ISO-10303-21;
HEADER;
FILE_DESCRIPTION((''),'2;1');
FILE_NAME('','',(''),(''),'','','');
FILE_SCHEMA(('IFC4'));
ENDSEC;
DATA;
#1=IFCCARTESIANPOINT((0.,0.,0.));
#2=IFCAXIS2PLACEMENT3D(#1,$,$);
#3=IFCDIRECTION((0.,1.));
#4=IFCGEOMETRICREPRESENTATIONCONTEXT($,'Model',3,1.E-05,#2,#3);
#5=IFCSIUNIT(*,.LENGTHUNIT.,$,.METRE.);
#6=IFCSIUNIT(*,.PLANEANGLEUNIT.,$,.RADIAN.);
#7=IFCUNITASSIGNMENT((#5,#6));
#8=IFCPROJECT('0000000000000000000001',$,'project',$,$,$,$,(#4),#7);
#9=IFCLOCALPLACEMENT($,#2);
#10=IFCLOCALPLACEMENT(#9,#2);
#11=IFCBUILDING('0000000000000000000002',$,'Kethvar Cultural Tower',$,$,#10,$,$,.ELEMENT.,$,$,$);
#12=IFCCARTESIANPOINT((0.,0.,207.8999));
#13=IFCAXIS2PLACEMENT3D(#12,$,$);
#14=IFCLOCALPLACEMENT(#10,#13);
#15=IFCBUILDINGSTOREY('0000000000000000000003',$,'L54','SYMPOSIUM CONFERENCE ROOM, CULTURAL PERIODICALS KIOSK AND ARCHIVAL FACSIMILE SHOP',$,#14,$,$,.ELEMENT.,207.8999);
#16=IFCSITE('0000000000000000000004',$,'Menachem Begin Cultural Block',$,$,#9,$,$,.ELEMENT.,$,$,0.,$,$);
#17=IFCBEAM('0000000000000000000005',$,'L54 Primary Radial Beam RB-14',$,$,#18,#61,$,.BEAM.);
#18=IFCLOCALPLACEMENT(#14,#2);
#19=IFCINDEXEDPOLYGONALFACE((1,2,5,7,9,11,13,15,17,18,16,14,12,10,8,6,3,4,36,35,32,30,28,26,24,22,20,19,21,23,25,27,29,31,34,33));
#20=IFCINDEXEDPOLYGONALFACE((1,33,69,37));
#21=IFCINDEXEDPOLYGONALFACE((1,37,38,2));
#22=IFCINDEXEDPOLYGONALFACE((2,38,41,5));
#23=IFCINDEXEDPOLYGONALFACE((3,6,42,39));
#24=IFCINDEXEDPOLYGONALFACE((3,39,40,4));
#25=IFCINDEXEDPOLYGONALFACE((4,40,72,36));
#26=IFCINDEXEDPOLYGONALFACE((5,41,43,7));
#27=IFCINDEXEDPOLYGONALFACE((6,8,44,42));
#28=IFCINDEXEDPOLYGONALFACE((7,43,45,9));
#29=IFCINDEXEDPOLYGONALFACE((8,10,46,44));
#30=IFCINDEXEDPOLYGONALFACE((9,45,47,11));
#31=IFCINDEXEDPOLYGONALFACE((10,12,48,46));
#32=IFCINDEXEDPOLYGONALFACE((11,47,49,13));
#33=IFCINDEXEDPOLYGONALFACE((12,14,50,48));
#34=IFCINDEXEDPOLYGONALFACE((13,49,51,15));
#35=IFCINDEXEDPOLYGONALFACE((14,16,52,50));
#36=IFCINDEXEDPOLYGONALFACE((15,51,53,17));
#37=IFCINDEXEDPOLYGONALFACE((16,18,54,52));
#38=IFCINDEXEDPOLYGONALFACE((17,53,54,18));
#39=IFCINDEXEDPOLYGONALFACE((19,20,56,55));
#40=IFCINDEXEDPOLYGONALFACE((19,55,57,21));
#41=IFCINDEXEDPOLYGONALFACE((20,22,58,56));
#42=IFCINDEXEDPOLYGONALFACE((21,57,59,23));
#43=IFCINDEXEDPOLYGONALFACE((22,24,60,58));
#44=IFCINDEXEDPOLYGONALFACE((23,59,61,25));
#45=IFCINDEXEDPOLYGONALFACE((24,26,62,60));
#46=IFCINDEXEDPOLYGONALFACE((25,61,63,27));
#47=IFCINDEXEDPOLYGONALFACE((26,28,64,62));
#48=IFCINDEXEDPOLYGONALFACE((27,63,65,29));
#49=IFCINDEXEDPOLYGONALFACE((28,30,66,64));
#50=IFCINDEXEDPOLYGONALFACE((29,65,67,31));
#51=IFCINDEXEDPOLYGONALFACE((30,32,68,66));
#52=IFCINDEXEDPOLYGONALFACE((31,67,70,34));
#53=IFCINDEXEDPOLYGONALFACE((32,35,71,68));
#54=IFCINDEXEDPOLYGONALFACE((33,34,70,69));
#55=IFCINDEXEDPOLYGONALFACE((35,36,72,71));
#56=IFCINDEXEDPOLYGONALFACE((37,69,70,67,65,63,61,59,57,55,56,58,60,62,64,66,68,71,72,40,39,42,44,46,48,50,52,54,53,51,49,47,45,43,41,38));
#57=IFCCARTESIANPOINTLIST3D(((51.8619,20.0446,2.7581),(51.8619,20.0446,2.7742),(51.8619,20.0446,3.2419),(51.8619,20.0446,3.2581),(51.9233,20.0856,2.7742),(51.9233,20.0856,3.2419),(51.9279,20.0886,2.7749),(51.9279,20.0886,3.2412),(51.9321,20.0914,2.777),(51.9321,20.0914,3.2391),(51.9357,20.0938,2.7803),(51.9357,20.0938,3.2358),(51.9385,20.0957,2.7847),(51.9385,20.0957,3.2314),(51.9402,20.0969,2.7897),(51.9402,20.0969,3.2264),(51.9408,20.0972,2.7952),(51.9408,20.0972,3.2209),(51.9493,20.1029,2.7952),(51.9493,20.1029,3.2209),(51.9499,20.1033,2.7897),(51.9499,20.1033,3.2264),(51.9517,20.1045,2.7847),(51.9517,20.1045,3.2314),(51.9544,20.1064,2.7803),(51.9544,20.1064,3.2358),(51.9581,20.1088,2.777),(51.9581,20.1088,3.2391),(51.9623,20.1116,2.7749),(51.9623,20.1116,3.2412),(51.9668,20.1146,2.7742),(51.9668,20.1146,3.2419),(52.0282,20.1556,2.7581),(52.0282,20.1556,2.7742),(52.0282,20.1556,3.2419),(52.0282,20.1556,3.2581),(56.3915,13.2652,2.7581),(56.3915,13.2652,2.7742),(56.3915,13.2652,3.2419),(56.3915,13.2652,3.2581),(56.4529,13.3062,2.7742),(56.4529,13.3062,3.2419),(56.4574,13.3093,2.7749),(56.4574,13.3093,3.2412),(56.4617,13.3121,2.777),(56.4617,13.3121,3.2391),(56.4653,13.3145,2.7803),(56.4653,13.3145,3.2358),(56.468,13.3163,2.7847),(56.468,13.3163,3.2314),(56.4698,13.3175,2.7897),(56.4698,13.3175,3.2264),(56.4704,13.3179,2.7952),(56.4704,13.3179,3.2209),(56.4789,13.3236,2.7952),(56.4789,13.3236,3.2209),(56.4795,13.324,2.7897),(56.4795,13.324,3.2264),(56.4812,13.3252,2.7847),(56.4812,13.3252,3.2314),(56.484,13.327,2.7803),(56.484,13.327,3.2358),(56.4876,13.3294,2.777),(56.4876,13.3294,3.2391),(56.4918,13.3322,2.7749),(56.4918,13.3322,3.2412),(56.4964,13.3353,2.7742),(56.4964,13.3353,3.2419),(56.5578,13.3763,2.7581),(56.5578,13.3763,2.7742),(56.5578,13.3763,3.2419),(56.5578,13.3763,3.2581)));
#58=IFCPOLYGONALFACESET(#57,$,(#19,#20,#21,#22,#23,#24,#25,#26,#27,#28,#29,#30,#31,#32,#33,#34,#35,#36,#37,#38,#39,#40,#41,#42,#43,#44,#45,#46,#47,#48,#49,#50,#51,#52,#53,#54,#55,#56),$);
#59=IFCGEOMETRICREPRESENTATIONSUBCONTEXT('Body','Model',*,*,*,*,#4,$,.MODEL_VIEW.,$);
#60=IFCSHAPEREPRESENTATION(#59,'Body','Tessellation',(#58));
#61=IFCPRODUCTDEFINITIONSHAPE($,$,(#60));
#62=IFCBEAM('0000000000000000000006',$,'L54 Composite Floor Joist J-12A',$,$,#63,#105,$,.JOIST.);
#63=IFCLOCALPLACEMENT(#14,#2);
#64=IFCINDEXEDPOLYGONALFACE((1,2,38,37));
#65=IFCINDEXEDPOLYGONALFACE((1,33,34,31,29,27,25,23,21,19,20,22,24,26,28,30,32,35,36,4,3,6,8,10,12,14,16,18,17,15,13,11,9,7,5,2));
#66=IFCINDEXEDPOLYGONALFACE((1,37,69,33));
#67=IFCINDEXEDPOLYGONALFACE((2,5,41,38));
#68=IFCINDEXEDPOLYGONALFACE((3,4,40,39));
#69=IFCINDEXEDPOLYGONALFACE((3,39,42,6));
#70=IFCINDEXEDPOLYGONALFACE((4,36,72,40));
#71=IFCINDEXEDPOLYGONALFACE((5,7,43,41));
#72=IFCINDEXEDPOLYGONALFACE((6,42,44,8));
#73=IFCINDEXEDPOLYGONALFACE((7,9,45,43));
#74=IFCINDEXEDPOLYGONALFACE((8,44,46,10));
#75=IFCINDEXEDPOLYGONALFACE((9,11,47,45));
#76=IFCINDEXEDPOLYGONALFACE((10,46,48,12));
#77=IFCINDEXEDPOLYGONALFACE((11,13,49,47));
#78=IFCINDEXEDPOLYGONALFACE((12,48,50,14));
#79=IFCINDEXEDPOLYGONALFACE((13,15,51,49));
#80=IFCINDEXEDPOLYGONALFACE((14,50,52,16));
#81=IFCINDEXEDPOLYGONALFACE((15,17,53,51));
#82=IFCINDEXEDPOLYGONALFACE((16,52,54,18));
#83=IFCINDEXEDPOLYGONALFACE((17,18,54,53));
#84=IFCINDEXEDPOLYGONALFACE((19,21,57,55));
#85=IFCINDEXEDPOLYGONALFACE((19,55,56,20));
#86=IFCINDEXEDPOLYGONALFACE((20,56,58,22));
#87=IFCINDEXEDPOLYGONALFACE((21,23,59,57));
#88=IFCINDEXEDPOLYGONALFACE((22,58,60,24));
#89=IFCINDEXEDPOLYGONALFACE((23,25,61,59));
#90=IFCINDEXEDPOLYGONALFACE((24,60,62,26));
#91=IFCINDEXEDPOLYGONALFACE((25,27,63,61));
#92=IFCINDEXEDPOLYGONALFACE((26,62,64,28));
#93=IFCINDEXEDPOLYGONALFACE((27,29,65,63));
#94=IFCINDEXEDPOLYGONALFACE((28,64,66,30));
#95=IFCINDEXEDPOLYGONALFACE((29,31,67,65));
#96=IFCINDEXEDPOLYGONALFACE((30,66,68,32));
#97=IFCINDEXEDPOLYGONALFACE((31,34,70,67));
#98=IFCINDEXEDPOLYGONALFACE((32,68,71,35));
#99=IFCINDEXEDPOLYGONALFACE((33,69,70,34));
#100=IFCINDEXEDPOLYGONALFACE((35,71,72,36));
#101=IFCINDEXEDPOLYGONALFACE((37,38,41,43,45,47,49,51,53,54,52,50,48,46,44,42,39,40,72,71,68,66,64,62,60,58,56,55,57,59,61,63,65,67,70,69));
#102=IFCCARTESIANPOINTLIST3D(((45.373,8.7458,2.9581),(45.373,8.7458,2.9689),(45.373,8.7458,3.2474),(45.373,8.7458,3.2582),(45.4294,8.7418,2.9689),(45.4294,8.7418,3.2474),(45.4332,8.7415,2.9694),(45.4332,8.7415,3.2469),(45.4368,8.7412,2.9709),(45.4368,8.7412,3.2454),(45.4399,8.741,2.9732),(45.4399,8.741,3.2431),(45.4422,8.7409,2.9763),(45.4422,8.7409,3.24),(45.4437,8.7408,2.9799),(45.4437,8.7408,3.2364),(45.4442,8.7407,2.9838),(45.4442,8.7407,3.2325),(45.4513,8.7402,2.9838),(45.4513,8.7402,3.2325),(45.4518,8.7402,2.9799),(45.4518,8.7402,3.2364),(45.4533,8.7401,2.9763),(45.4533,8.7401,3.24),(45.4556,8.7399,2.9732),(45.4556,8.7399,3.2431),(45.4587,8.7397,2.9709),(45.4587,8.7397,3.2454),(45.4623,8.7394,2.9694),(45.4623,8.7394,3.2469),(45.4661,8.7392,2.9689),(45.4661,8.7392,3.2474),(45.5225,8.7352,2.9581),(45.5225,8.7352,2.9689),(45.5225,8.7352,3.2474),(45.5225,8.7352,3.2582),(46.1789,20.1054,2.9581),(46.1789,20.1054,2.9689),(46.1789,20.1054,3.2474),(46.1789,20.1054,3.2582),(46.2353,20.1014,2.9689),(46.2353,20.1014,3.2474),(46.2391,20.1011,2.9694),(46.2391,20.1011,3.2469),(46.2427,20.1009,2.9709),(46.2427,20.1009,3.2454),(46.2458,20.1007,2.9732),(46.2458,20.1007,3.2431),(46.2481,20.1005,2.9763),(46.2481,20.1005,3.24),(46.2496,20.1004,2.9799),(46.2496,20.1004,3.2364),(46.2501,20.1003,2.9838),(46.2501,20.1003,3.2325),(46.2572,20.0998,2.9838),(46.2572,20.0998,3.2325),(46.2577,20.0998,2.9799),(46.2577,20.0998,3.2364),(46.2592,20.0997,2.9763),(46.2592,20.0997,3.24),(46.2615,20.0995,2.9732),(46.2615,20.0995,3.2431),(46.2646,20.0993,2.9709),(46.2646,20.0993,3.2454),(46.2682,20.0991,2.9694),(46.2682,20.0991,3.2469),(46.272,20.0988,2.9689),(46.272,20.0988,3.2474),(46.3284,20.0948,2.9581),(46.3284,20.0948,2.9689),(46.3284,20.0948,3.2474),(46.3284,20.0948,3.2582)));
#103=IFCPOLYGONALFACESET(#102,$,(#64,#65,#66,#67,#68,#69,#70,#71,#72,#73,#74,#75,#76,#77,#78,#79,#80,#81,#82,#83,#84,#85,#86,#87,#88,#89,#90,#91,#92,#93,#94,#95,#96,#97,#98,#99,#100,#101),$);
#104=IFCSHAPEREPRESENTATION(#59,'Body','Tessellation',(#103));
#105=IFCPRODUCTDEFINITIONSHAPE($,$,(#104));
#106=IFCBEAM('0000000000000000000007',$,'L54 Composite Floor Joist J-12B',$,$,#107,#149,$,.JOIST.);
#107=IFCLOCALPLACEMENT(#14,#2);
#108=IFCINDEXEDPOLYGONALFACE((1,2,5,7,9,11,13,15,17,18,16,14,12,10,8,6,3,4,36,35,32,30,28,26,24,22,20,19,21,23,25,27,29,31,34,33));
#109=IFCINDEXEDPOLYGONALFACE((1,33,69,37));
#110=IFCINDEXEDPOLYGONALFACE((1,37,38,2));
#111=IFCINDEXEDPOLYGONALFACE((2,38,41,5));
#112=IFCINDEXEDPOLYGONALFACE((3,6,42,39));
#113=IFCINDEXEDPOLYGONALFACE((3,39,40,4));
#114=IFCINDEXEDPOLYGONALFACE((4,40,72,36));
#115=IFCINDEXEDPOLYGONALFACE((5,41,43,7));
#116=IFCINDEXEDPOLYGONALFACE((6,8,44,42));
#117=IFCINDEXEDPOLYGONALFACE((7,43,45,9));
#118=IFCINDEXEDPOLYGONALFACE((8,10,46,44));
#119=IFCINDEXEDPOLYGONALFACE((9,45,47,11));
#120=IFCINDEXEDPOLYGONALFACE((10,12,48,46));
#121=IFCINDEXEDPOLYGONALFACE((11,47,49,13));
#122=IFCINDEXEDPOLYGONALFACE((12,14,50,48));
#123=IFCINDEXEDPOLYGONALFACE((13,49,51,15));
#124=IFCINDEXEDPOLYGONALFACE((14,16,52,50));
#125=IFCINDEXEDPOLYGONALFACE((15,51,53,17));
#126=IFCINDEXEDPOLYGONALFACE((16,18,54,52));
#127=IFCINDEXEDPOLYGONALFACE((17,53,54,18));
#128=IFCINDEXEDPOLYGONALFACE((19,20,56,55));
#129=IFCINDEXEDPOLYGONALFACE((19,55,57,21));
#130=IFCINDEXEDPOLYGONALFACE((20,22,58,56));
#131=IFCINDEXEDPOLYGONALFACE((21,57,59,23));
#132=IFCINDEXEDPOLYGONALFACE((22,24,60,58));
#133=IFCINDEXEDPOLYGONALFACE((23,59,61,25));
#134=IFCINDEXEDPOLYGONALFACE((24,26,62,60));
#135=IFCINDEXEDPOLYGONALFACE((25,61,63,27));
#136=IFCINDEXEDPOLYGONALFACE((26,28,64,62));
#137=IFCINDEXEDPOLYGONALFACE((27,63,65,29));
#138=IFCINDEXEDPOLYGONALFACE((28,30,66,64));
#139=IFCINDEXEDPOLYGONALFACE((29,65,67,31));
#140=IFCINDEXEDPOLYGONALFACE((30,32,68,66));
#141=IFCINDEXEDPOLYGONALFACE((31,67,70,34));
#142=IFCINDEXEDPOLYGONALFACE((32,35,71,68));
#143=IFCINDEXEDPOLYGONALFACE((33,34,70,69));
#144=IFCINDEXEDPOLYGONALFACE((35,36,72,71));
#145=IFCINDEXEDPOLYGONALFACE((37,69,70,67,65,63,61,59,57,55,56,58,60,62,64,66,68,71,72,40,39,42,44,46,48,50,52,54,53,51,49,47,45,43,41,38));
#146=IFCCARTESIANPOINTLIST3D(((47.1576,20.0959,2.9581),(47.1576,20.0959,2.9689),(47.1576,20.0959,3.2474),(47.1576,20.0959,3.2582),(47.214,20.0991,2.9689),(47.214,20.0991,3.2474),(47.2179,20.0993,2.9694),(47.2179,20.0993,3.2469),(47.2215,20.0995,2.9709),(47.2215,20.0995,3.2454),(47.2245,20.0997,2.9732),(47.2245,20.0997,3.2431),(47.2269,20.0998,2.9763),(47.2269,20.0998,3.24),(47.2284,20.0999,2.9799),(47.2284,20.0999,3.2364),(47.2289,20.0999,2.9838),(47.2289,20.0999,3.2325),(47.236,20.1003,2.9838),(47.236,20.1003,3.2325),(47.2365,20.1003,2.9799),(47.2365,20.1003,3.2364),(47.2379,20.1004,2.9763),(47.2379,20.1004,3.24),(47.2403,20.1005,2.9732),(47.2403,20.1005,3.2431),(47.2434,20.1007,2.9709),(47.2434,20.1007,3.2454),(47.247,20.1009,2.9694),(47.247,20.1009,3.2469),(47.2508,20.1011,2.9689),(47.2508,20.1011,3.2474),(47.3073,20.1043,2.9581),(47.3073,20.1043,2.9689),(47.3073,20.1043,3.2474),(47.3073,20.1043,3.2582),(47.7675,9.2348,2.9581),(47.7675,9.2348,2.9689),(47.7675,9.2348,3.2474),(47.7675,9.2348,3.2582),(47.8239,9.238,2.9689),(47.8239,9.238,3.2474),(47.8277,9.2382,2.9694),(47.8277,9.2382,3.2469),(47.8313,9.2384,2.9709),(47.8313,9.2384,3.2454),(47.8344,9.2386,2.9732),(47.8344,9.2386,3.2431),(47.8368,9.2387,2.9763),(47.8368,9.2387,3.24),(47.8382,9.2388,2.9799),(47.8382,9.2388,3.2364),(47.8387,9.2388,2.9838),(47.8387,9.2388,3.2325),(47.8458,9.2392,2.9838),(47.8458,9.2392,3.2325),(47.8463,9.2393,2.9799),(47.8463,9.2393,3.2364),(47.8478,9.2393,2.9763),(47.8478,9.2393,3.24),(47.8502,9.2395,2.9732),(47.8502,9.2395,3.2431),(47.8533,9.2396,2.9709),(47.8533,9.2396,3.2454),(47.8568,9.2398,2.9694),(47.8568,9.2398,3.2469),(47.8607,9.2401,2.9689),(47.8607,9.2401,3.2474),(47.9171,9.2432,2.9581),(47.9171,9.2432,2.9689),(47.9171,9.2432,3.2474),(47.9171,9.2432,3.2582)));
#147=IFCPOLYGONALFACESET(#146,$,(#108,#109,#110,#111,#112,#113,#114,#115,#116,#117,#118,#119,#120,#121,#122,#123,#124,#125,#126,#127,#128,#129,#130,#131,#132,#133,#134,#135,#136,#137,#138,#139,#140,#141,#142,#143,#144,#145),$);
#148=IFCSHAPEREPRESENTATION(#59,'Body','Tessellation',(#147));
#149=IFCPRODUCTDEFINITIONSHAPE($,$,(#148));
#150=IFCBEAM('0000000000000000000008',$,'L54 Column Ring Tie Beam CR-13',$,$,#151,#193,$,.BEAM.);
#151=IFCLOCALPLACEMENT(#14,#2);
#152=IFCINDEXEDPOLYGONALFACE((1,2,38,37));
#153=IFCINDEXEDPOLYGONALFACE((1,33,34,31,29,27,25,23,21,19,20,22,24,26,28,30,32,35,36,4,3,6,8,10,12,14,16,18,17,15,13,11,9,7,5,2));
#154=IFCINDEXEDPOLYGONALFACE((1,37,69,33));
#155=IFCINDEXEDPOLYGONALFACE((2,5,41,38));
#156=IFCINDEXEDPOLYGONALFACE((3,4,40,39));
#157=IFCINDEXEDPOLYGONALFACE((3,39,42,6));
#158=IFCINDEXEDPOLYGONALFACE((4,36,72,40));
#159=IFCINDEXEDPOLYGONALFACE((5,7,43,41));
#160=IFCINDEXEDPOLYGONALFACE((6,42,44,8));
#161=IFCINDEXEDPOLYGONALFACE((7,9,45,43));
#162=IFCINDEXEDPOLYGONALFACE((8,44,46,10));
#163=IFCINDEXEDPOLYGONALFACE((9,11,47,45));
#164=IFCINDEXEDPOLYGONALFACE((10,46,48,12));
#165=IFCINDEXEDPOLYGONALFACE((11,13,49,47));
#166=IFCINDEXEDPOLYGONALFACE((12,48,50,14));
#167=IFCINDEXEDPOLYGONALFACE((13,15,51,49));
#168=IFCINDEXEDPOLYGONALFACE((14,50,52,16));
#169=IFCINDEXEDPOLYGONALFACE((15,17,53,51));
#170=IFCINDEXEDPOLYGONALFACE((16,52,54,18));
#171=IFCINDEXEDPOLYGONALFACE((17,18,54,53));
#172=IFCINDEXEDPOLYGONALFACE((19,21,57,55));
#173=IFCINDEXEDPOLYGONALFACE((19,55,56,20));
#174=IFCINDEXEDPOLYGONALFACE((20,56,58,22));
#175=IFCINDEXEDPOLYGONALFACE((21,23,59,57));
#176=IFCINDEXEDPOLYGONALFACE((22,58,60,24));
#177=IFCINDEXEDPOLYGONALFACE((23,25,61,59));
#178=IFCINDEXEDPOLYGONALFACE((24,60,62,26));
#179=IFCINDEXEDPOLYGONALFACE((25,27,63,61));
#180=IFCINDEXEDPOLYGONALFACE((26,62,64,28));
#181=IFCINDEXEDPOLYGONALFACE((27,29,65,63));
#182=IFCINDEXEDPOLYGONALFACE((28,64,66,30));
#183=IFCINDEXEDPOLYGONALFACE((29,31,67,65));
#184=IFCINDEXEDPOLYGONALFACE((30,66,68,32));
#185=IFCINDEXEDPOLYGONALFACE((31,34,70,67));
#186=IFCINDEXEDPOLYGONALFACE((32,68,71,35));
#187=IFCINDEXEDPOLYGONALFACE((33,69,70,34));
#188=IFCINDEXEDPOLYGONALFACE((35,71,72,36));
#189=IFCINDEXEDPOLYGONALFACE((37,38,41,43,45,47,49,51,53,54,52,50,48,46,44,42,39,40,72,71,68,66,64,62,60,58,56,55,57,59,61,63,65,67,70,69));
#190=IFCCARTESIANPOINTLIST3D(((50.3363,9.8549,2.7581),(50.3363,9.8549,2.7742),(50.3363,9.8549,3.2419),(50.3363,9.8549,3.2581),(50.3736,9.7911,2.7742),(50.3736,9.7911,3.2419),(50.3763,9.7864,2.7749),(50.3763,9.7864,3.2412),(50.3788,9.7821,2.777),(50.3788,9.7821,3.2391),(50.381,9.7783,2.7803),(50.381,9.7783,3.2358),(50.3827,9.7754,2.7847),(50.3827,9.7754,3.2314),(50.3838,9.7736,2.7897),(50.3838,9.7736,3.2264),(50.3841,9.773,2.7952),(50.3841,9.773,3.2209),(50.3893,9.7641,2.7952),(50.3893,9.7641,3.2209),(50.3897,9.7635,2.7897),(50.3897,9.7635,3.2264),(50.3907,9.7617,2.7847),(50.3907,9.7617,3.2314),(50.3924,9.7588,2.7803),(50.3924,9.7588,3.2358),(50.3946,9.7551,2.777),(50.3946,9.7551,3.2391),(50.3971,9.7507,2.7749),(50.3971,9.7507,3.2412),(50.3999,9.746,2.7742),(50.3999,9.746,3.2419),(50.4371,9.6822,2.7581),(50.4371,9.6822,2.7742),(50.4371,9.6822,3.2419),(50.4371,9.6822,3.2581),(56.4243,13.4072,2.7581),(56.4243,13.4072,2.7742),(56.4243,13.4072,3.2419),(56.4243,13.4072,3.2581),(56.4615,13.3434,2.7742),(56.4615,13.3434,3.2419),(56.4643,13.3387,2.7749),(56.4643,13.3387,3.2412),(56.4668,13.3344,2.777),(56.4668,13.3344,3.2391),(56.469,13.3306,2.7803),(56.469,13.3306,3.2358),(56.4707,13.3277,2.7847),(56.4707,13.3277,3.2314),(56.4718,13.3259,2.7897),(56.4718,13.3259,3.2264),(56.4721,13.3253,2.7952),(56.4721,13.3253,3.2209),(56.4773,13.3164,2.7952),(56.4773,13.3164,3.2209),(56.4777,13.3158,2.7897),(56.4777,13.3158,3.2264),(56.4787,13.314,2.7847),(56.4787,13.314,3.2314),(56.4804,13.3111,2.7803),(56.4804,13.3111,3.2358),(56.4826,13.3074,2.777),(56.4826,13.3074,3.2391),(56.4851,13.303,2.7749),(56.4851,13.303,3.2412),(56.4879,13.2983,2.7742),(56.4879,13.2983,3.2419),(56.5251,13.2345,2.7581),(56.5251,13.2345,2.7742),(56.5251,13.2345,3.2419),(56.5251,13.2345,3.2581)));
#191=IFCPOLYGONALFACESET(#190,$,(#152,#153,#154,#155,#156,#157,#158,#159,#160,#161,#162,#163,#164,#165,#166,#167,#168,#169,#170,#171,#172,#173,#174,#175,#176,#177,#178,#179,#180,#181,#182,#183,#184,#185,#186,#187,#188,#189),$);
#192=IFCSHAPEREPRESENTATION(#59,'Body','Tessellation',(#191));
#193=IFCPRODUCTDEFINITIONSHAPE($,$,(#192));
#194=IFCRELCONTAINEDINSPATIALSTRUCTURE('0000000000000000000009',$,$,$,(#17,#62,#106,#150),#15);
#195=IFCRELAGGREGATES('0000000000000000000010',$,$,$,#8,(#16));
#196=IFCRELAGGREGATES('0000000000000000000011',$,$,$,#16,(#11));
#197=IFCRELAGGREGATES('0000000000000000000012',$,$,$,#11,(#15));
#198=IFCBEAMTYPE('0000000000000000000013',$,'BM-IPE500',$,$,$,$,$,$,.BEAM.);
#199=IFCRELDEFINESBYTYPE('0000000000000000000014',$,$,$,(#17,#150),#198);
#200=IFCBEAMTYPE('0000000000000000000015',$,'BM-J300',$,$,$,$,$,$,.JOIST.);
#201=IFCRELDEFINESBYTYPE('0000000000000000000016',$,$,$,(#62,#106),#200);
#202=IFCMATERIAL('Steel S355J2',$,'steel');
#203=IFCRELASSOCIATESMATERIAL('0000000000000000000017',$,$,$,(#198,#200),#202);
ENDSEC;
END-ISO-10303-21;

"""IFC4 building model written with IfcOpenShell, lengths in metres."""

from ifc_helpers import new_model, si_unit, direction, frame, origin, origin_2d, place, context, subcontext, project, spatial, i_section, extrude, source, transform, mapped, material, material_profile, profile_set, type_object, element, save


model = new_model("IFC4")

# Units and contexts
model_context = context("Model", 3, precision=1e-05, world=origin(), true_north=direction((0.0, 1.0)))
body_context = subcontext(model_context, "Body", "Model", "MODEL_VIEW")
ifc_project = project(units=[si_unit("LENGTHUNIT", "METRE"), si_unit("PLANEANGLEUNIT", "RADIAN")], contexts=[model_context])

# Site, building, storey
site_placement = place(None, origin())
site = spatial("IfcSite", under=ifc_project, at=site_placement, Name="Menachem Begin Cultural Block", CompositionType="ELEMENT", RefElevation=0.0)
building_placement = place(site_placement, origin())
building = spatial("IfcBuilding", under=site, at=building_placement, Name="Kethvar Cultural Tower", CompositionType="ELEMENT")
storey_placement = place(building_placement, frame((0.0, 0.0, 207.8999)))
storey = spatial("IfcBuildingStorey", under=building, at=storey_placement, Name="L54", Description="SYMPOSIUM CONFERENCE ROOM, CULTURAL PERIODICALS KIOSK AND ARCHIVAL FACSIMILE SHOP", CompositionType="ELEMENT", Elevation=207.8999)

# Beams
ifc_material_1 = material(Name="Steel S355J2", Category="steel")
ifc_material_profile_1 = material_profile(ifc_material_1, i_section(OverallWidth=0.2, OverallDepth=0.5, WebThickness=0.0103, FlangeThickness=0.0161, FilletRadius=0.021, at=origin_2d()), Name="Steel S355J2 — IPE500")
ifc_profile_set_1 = profile_set([ifc_material_profile_1], Name="Steel S355J2 — IPE500")
beam_type_1 = type_object("IfcBeamType", Name="BM-IPE500", PredefinedType="BEAM", material=ifc_profile_set_1)
shared_shape_1 = source(origin(), body_context, "Body", "SweptSolid", [
    extrude(i_section(OverallWidth=0.2, OverallDepth=0.5, WebThickness=0.0103, FlangeThickness=0.0161, FilletRadius=0.021, at=origin_2d()), origin(), (0.0, 0.0, 1.0), 8.1533),
])
beam_1_placement = place(storey_placement, frame((51.9451, 20.1001, 3.0081), z_axis=(0.55555, -0.831483, 0.0), x_axis=(0.831483, 0.55555, 0.0)))
element("IfcBeam", 1, at=beam_1_placement, inside=storey, type_object=beam_type_1, Name="L54 Primary Radial Beam RB-14", PredefinedType="BEAM", context=body_context, shape_type="MappedRepresentation", body=[
    mapped(shared_shape_1, transform((0.0, 0.0, 0.0), scale=1.0)),
])
ifc_material_profile_2 = material_profile(ifc_material_1, i_section(OverallWidth=0.1499, OverallDepth=0.3, WebThickness=0.0071, FlangeThickness=0.0107, FilletRadius=0.0149, at=origin_2d()), Name="Steel S355J2 — IPE300")
ifc_profile_set_2 = profile_set([ifc_material_profile_2], Name="Steel S355J2 — IPE300")
beam_type_2 = type_object("IfcBeamType", Name="BM-J300", PredefinedType="JOIST", material=ifc_profile_set_2)
shared_shape_2 = source(origin(), body_context, "Body", "SweptSolid", [
    extrude(i_section(OverallWidth=0.1499, OverallDepth=0.3, WebThickness=0.0071, FlangeThickness=0.0107, FilletRadius=0.0149, at=origin_2d()), origin(), (0.0, 0.0, 1.0), 11.3882),
])
beam_2_placement = place(storey_placement, frame((46.2537, 20.1001, 3.1082), z_axis=(-0.070767, -0.997493, 0.0), x_axis=(0.997493, -0.070767, 0.0)))
element("IfcBeam", 2, at=beam_2_placement, inside=storey, type_object=beam_type_2, Name="L54 Composite Floor Joist J-12A", PredefinedType="JOIST", context=body_context, shape_type="MappedRepresentation", body=[
    mapped(shared_shape_2, transform((0.0, 0.0, 0.0), scale=1.0)),
])
shared_shape_3 = source(origin(), body_context, "Body", "SweptSolid", [
    extrude(i_section(OverallWidth=0.1499, OverallDepth=0.3, WebThickness=0.0071, FlangeThickness=0.0107, FilletRadius=0.0149, at=origin_2d()), origin(), (0.0, 0.0, 1.0), 10.8782),
])
beam_3_placement = place(storey_placement, frame((47.2324, 20.1001, 3.1082), z_axis=(0.056063, -0.998427, 0.0), x_axis=(0.998427, 0.056063, 0.0)))
element("IfcBeam", 3, at=beam_3_placement, inside=storey, type_object=beam_type_2, Name="L54 Composite Floor Joist J-12B", PredefinedType="JOIST", context=body_context, shape_type="MappedRepresentation", body=[
    mapped(shared_shape_3, transform((0.0, 0.0, 0.0), scale=1.0)),
])
shared_shape_4 = source(origin(), body_context, "Body", "SweptSolid", [
    extrude(i_section(OverallWidth=0.2, OverallDepth=0.5, WebThickness=0.0103, FlangeThickness=0.0161, FilletRadius=0.021, at=origin_2d()), origin(), (0.0, 0.0, 1.0), 7.0486),
])
beam_4_placement = place(storey_placement, frame((50.3867, 9.7686, 3.0081), z_axis=(0.863719, 0.503974, 0.0), x_axis=(-0.503974, 0.863719, 0.0)))
element("IfcBeam", 4, at=beam_4_placement, inside=storey, type_object=beam_type_1, Name="L54 Column Ring Tie Beam CR-13", PredefinedType="BEAM", context=body_context, shape_type="MappedRepresentation", body=[
    mapped(shared_shape_4, transform((0.0, 0.0, 0.0), scale=1.0)),
])

save(model, "model.ifc")
